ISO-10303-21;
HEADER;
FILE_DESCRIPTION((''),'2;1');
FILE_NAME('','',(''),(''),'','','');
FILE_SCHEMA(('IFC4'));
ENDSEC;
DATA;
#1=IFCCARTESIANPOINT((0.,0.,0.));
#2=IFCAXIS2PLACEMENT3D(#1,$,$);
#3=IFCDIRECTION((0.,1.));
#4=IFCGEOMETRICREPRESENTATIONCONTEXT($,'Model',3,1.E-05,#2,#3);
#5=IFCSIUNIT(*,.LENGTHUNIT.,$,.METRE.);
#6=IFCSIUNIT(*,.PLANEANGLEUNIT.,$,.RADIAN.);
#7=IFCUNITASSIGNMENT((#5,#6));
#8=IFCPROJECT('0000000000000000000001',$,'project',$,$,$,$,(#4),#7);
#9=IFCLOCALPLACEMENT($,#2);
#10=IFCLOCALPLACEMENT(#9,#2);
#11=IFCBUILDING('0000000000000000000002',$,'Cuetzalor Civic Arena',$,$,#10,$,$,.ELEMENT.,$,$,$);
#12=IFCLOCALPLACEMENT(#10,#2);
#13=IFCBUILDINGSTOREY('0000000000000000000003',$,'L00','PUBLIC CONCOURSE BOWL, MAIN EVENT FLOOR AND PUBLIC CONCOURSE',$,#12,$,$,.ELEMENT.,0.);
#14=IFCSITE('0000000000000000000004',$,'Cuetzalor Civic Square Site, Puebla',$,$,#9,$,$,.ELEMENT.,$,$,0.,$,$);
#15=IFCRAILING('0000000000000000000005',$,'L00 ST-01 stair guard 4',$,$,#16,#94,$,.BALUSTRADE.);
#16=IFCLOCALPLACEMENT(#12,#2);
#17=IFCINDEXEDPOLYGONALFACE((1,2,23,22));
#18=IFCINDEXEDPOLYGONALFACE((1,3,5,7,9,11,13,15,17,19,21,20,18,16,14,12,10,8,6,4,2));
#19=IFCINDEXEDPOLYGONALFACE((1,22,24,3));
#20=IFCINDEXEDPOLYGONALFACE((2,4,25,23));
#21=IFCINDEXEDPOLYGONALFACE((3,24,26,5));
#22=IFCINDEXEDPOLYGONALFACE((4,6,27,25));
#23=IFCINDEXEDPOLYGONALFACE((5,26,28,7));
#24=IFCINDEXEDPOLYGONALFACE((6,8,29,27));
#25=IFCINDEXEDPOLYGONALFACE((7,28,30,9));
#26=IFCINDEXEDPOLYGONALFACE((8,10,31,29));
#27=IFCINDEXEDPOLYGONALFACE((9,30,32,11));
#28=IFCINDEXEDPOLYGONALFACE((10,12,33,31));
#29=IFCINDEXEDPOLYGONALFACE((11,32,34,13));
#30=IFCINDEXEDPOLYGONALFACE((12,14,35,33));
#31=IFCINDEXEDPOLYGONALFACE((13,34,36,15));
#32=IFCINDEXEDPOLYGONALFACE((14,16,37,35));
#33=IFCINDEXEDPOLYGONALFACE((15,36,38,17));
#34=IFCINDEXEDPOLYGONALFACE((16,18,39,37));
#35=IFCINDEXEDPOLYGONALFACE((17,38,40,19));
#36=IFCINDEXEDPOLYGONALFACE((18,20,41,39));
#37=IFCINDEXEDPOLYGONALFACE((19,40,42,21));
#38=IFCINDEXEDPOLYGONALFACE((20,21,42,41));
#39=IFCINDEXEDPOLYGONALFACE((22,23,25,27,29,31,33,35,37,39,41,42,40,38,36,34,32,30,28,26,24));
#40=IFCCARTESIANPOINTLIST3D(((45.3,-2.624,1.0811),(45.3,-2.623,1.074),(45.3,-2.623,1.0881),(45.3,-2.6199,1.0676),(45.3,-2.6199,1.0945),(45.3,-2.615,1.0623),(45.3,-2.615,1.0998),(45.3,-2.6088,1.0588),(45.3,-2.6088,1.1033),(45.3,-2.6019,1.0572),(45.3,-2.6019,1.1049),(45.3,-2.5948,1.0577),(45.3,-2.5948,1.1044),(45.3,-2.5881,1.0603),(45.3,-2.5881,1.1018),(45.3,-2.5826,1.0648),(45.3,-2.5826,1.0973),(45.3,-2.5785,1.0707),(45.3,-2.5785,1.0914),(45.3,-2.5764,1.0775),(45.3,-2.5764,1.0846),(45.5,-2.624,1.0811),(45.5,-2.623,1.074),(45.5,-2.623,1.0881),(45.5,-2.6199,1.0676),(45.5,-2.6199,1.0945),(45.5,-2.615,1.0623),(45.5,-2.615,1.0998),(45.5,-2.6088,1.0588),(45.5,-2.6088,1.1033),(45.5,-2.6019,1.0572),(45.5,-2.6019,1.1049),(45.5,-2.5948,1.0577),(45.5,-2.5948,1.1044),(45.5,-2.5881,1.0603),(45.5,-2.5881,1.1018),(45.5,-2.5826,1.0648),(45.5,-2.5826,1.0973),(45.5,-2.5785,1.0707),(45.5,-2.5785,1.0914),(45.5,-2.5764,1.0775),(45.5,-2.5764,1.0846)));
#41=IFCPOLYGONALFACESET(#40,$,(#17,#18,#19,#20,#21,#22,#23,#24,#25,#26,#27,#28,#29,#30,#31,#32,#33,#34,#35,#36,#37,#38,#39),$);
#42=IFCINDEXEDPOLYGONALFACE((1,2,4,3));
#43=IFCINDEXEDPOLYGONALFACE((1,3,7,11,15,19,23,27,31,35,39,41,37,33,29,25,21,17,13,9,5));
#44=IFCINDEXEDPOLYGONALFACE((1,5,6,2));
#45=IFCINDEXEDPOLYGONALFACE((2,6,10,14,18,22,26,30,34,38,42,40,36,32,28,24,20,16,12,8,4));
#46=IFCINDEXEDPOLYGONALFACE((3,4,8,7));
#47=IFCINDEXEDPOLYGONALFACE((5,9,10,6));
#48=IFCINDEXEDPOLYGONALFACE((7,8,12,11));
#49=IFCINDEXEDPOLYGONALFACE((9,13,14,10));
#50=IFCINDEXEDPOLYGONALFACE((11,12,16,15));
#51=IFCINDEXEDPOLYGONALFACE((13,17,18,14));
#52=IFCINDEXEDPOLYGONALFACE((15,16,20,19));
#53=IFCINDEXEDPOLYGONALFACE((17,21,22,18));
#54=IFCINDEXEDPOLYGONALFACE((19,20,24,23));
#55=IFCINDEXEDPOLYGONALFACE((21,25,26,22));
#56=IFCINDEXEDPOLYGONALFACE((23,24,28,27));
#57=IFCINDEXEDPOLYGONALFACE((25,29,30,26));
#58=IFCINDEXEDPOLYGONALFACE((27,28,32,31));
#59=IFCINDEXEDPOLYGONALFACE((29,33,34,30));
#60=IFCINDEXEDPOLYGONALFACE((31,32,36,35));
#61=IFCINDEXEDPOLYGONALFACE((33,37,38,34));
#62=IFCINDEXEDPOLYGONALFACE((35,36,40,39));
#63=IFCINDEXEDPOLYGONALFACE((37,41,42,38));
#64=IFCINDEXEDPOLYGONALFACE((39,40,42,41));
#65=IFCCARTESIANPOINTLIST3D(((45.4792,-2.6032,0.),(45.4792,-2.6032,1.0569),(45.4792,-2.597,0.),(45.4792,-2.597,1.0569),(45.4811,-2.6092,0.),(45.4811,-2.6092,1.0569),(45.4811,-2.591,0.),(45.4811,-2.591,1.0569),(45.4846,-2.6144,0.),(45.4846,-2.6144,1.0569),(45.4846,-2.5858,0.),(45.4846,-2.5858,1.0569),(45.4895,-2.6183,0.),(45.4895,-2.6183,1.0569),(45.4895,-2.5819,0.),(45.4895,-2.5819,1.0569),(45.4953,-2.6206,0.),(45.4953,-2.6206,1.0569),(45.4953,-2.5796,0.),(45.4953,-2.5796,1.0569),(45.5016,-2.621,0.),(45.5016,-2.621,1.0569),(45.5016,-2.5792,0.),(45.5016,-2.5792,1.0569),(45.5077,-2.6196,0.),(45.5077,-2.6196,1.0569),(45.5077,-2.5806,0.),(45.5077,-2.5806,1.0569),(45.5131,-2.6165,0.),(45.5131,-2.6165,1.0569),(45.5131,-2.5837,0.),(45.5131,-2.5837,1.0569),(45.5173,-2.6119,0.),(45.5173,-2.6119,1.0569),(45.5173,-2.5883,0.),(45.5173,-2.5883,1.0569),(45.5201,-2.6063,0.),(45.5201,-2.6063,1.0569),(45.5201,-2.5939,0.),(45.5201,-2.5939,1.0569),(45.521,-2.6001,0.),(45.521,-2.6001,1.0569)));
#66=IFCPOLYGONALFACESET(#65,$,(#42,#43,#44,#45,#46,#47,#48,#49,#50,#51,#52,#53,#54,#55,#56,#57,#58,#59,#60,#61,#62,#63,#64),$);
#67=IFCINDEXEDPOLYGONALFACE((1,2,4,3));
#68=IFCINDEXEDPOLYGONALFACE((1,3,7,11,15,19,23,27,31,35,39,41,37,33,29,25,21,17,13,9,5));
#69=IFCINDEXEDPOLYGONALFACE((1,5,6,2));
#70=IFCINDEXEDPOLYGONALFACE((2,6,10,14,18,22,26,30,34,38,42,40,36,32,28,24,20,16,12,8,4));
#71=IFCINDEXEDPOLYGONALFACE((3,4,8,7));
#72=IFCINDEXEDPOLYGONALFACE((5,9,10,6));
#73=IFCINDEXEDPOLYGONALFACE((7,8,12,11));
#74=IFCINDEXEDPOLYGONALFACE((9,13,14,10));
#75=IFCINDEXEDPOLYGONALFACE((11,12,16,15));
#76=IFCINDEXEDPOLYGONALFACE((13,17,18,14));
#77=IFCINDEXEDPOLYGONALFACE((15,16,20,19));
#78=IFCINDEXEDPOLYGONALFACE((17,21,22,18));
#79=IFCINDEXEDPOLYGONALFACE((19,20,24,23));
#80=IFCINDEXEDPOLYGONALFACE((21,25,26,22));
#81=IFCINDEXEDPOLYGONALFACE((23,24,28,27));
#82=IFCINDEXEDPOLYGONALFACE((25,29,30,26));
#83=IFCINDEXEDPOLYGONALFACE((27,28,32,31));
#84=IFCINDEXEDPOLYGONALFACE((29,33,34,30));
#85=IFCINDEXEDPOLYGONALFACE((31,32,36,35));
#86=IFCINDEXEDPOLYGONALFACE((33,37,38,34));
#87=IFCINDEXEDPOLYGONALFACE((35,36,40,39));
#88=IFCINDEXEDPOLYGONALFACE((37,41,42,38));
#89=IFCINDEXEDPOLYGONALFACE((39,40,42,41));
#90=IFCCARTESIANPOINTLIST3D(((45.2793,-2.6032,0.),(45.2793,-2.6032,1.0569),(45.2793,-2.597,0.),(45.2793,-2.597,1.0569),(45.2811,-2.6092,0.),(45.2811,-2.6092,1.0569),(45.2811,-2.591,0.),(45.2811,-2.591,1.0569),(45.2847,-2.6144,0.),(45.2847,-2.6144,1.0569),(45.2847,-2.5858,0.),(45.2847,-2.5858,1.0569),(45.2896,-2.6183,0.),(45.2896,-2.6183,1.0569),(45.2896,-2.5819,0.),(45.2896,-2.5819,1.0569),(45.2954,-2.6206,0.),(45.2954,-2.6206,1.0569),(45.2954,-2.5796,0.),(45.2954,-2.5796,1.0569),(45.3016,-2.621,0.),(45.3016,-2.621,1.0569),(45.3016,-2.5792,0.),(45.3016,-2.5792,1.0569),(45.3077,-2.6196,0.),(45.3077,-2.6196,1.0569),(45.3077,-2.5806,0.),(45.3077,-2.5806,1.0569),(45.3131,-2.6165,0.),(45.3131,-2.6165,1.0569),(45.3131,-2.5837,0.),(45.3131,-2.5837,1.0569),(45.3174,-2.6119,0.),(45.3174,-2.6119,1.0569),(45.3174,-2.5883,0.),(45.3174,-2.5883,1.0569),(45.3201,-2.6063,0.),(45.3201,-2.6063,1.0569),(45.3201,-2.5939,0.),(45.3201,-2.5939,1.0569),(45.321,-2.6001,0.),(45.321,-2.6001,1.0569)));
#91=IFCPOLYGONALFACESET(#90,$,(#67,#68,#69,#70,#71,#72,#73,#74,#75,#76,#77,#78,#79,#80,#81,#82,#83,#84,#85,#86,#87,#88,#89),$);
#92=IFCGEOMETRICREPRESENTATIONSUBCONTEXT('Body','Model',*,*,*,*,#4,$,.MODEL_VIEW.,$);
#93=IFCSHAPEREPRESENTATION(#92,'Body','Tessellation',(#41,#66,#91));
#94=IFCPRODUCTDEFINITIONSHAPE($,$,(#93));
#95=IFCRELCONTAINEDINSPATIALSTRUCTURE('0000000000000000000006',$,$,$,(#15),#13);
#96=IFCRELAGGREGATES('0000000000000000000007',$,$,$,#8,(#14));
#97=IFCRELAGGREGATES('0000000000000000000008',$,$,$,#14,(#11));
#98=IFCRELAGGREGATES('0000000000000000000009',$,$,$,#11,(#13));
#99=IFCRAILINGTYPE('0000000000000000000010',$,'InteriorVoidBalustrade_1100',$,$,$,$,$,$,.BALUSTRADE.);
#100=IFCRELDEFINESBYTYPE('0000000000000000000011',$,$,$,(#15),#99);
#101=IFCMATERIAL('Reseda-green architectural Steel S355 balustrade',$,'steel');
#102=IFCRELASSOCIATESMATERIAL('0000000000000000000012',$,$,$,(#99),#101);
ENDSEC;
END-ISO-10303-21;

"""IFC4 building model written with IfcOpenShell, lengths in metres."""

from ifc_helpers import new_model, si_unit, direction, frame, origin, origin_2d, place, context, subcontext, project, spatial, circle, extrude, material, type_object, element, save


model = new_model("IFC4")

# Units and contexts
model_context = context("Model", 3, precision=1e-05, world=origin(), true_north=direction((0.0, 1.0)))
body_context = subcontext(model_context, "Body", "Model", "MODEL_VIEW")
ifc_project = project(units=[si_unit("LENGTHUNIT", "METRE"), si_unit("PLANEANGLEUNIT", "RADIAN")], contexts=[model_context])

# Site, building, storey
site_placement = place(None, origin())
site = spatial("IfcSite", under=ifc_project, at=site_placement, Name="Cuetzalor Civic Square Site, Puebla", CompositionType="ELEMENT", RefElevation=0.0)
building_placement = place(site_placement, origin())
building = spatial("IfcBuilding", under=site, at=building_placement, Name="Cuetzalor Civic Arena", CompositionType="ELEMENT")
storey_placement = place(building_placement, origin())
storey = spatial("IfcBuildingStorey", under=building, at=storey_placement, Name="L00", Description="PUBLIC CONCOURSE BOWL, MAIN EVENT FLOOR AND PUBLIC CONCOURSE", CompositionType="ELEMENT", Elevation=0.0)

# Railing
ifc_material_1 = material(Name="Reseda-green architectural Steel S355 balustrade", Category="steel")
railing_type_1 = type_object("IfcRailingType", Name="InteriorVoidBalustrade_1100", PredefinedType="BALUSTRADE", material=ifc_material_1)
railing_1_placement = place(storey_placement, frame((45.5, -2.6001, 0.0)))
element("IfcRailing", 1, at=railing_1_placement, inside=storey, type_object=railing_type_1, Name="L00 ST-01 stair guard 4", PredefinedType="BALUSTRADE", context=body_context, shape_type="SweptSolid", body=[
    extrude(circle(Radius=0.0239, at=origin_2d()), frame((0.0, 0.0, 1.0811), z_axis=(-1.0, 0.0, 0.0), x_axis=(0.0, -1.0, 0.0)), (0.0, 0.0, 1.0), 0.2),
    extrude(circle(Radius=0.021, at=origin_2d()), origin(), (0.0, 0.0, 1.0), 1.0569),
    extrude(circle(Radius=0.021, at=origin_2d()), frame((-0.2, 0.0, 0.0)), (0.0, 0.0, 1.0), 1.0569),
])

save(model, "model.ifc")
